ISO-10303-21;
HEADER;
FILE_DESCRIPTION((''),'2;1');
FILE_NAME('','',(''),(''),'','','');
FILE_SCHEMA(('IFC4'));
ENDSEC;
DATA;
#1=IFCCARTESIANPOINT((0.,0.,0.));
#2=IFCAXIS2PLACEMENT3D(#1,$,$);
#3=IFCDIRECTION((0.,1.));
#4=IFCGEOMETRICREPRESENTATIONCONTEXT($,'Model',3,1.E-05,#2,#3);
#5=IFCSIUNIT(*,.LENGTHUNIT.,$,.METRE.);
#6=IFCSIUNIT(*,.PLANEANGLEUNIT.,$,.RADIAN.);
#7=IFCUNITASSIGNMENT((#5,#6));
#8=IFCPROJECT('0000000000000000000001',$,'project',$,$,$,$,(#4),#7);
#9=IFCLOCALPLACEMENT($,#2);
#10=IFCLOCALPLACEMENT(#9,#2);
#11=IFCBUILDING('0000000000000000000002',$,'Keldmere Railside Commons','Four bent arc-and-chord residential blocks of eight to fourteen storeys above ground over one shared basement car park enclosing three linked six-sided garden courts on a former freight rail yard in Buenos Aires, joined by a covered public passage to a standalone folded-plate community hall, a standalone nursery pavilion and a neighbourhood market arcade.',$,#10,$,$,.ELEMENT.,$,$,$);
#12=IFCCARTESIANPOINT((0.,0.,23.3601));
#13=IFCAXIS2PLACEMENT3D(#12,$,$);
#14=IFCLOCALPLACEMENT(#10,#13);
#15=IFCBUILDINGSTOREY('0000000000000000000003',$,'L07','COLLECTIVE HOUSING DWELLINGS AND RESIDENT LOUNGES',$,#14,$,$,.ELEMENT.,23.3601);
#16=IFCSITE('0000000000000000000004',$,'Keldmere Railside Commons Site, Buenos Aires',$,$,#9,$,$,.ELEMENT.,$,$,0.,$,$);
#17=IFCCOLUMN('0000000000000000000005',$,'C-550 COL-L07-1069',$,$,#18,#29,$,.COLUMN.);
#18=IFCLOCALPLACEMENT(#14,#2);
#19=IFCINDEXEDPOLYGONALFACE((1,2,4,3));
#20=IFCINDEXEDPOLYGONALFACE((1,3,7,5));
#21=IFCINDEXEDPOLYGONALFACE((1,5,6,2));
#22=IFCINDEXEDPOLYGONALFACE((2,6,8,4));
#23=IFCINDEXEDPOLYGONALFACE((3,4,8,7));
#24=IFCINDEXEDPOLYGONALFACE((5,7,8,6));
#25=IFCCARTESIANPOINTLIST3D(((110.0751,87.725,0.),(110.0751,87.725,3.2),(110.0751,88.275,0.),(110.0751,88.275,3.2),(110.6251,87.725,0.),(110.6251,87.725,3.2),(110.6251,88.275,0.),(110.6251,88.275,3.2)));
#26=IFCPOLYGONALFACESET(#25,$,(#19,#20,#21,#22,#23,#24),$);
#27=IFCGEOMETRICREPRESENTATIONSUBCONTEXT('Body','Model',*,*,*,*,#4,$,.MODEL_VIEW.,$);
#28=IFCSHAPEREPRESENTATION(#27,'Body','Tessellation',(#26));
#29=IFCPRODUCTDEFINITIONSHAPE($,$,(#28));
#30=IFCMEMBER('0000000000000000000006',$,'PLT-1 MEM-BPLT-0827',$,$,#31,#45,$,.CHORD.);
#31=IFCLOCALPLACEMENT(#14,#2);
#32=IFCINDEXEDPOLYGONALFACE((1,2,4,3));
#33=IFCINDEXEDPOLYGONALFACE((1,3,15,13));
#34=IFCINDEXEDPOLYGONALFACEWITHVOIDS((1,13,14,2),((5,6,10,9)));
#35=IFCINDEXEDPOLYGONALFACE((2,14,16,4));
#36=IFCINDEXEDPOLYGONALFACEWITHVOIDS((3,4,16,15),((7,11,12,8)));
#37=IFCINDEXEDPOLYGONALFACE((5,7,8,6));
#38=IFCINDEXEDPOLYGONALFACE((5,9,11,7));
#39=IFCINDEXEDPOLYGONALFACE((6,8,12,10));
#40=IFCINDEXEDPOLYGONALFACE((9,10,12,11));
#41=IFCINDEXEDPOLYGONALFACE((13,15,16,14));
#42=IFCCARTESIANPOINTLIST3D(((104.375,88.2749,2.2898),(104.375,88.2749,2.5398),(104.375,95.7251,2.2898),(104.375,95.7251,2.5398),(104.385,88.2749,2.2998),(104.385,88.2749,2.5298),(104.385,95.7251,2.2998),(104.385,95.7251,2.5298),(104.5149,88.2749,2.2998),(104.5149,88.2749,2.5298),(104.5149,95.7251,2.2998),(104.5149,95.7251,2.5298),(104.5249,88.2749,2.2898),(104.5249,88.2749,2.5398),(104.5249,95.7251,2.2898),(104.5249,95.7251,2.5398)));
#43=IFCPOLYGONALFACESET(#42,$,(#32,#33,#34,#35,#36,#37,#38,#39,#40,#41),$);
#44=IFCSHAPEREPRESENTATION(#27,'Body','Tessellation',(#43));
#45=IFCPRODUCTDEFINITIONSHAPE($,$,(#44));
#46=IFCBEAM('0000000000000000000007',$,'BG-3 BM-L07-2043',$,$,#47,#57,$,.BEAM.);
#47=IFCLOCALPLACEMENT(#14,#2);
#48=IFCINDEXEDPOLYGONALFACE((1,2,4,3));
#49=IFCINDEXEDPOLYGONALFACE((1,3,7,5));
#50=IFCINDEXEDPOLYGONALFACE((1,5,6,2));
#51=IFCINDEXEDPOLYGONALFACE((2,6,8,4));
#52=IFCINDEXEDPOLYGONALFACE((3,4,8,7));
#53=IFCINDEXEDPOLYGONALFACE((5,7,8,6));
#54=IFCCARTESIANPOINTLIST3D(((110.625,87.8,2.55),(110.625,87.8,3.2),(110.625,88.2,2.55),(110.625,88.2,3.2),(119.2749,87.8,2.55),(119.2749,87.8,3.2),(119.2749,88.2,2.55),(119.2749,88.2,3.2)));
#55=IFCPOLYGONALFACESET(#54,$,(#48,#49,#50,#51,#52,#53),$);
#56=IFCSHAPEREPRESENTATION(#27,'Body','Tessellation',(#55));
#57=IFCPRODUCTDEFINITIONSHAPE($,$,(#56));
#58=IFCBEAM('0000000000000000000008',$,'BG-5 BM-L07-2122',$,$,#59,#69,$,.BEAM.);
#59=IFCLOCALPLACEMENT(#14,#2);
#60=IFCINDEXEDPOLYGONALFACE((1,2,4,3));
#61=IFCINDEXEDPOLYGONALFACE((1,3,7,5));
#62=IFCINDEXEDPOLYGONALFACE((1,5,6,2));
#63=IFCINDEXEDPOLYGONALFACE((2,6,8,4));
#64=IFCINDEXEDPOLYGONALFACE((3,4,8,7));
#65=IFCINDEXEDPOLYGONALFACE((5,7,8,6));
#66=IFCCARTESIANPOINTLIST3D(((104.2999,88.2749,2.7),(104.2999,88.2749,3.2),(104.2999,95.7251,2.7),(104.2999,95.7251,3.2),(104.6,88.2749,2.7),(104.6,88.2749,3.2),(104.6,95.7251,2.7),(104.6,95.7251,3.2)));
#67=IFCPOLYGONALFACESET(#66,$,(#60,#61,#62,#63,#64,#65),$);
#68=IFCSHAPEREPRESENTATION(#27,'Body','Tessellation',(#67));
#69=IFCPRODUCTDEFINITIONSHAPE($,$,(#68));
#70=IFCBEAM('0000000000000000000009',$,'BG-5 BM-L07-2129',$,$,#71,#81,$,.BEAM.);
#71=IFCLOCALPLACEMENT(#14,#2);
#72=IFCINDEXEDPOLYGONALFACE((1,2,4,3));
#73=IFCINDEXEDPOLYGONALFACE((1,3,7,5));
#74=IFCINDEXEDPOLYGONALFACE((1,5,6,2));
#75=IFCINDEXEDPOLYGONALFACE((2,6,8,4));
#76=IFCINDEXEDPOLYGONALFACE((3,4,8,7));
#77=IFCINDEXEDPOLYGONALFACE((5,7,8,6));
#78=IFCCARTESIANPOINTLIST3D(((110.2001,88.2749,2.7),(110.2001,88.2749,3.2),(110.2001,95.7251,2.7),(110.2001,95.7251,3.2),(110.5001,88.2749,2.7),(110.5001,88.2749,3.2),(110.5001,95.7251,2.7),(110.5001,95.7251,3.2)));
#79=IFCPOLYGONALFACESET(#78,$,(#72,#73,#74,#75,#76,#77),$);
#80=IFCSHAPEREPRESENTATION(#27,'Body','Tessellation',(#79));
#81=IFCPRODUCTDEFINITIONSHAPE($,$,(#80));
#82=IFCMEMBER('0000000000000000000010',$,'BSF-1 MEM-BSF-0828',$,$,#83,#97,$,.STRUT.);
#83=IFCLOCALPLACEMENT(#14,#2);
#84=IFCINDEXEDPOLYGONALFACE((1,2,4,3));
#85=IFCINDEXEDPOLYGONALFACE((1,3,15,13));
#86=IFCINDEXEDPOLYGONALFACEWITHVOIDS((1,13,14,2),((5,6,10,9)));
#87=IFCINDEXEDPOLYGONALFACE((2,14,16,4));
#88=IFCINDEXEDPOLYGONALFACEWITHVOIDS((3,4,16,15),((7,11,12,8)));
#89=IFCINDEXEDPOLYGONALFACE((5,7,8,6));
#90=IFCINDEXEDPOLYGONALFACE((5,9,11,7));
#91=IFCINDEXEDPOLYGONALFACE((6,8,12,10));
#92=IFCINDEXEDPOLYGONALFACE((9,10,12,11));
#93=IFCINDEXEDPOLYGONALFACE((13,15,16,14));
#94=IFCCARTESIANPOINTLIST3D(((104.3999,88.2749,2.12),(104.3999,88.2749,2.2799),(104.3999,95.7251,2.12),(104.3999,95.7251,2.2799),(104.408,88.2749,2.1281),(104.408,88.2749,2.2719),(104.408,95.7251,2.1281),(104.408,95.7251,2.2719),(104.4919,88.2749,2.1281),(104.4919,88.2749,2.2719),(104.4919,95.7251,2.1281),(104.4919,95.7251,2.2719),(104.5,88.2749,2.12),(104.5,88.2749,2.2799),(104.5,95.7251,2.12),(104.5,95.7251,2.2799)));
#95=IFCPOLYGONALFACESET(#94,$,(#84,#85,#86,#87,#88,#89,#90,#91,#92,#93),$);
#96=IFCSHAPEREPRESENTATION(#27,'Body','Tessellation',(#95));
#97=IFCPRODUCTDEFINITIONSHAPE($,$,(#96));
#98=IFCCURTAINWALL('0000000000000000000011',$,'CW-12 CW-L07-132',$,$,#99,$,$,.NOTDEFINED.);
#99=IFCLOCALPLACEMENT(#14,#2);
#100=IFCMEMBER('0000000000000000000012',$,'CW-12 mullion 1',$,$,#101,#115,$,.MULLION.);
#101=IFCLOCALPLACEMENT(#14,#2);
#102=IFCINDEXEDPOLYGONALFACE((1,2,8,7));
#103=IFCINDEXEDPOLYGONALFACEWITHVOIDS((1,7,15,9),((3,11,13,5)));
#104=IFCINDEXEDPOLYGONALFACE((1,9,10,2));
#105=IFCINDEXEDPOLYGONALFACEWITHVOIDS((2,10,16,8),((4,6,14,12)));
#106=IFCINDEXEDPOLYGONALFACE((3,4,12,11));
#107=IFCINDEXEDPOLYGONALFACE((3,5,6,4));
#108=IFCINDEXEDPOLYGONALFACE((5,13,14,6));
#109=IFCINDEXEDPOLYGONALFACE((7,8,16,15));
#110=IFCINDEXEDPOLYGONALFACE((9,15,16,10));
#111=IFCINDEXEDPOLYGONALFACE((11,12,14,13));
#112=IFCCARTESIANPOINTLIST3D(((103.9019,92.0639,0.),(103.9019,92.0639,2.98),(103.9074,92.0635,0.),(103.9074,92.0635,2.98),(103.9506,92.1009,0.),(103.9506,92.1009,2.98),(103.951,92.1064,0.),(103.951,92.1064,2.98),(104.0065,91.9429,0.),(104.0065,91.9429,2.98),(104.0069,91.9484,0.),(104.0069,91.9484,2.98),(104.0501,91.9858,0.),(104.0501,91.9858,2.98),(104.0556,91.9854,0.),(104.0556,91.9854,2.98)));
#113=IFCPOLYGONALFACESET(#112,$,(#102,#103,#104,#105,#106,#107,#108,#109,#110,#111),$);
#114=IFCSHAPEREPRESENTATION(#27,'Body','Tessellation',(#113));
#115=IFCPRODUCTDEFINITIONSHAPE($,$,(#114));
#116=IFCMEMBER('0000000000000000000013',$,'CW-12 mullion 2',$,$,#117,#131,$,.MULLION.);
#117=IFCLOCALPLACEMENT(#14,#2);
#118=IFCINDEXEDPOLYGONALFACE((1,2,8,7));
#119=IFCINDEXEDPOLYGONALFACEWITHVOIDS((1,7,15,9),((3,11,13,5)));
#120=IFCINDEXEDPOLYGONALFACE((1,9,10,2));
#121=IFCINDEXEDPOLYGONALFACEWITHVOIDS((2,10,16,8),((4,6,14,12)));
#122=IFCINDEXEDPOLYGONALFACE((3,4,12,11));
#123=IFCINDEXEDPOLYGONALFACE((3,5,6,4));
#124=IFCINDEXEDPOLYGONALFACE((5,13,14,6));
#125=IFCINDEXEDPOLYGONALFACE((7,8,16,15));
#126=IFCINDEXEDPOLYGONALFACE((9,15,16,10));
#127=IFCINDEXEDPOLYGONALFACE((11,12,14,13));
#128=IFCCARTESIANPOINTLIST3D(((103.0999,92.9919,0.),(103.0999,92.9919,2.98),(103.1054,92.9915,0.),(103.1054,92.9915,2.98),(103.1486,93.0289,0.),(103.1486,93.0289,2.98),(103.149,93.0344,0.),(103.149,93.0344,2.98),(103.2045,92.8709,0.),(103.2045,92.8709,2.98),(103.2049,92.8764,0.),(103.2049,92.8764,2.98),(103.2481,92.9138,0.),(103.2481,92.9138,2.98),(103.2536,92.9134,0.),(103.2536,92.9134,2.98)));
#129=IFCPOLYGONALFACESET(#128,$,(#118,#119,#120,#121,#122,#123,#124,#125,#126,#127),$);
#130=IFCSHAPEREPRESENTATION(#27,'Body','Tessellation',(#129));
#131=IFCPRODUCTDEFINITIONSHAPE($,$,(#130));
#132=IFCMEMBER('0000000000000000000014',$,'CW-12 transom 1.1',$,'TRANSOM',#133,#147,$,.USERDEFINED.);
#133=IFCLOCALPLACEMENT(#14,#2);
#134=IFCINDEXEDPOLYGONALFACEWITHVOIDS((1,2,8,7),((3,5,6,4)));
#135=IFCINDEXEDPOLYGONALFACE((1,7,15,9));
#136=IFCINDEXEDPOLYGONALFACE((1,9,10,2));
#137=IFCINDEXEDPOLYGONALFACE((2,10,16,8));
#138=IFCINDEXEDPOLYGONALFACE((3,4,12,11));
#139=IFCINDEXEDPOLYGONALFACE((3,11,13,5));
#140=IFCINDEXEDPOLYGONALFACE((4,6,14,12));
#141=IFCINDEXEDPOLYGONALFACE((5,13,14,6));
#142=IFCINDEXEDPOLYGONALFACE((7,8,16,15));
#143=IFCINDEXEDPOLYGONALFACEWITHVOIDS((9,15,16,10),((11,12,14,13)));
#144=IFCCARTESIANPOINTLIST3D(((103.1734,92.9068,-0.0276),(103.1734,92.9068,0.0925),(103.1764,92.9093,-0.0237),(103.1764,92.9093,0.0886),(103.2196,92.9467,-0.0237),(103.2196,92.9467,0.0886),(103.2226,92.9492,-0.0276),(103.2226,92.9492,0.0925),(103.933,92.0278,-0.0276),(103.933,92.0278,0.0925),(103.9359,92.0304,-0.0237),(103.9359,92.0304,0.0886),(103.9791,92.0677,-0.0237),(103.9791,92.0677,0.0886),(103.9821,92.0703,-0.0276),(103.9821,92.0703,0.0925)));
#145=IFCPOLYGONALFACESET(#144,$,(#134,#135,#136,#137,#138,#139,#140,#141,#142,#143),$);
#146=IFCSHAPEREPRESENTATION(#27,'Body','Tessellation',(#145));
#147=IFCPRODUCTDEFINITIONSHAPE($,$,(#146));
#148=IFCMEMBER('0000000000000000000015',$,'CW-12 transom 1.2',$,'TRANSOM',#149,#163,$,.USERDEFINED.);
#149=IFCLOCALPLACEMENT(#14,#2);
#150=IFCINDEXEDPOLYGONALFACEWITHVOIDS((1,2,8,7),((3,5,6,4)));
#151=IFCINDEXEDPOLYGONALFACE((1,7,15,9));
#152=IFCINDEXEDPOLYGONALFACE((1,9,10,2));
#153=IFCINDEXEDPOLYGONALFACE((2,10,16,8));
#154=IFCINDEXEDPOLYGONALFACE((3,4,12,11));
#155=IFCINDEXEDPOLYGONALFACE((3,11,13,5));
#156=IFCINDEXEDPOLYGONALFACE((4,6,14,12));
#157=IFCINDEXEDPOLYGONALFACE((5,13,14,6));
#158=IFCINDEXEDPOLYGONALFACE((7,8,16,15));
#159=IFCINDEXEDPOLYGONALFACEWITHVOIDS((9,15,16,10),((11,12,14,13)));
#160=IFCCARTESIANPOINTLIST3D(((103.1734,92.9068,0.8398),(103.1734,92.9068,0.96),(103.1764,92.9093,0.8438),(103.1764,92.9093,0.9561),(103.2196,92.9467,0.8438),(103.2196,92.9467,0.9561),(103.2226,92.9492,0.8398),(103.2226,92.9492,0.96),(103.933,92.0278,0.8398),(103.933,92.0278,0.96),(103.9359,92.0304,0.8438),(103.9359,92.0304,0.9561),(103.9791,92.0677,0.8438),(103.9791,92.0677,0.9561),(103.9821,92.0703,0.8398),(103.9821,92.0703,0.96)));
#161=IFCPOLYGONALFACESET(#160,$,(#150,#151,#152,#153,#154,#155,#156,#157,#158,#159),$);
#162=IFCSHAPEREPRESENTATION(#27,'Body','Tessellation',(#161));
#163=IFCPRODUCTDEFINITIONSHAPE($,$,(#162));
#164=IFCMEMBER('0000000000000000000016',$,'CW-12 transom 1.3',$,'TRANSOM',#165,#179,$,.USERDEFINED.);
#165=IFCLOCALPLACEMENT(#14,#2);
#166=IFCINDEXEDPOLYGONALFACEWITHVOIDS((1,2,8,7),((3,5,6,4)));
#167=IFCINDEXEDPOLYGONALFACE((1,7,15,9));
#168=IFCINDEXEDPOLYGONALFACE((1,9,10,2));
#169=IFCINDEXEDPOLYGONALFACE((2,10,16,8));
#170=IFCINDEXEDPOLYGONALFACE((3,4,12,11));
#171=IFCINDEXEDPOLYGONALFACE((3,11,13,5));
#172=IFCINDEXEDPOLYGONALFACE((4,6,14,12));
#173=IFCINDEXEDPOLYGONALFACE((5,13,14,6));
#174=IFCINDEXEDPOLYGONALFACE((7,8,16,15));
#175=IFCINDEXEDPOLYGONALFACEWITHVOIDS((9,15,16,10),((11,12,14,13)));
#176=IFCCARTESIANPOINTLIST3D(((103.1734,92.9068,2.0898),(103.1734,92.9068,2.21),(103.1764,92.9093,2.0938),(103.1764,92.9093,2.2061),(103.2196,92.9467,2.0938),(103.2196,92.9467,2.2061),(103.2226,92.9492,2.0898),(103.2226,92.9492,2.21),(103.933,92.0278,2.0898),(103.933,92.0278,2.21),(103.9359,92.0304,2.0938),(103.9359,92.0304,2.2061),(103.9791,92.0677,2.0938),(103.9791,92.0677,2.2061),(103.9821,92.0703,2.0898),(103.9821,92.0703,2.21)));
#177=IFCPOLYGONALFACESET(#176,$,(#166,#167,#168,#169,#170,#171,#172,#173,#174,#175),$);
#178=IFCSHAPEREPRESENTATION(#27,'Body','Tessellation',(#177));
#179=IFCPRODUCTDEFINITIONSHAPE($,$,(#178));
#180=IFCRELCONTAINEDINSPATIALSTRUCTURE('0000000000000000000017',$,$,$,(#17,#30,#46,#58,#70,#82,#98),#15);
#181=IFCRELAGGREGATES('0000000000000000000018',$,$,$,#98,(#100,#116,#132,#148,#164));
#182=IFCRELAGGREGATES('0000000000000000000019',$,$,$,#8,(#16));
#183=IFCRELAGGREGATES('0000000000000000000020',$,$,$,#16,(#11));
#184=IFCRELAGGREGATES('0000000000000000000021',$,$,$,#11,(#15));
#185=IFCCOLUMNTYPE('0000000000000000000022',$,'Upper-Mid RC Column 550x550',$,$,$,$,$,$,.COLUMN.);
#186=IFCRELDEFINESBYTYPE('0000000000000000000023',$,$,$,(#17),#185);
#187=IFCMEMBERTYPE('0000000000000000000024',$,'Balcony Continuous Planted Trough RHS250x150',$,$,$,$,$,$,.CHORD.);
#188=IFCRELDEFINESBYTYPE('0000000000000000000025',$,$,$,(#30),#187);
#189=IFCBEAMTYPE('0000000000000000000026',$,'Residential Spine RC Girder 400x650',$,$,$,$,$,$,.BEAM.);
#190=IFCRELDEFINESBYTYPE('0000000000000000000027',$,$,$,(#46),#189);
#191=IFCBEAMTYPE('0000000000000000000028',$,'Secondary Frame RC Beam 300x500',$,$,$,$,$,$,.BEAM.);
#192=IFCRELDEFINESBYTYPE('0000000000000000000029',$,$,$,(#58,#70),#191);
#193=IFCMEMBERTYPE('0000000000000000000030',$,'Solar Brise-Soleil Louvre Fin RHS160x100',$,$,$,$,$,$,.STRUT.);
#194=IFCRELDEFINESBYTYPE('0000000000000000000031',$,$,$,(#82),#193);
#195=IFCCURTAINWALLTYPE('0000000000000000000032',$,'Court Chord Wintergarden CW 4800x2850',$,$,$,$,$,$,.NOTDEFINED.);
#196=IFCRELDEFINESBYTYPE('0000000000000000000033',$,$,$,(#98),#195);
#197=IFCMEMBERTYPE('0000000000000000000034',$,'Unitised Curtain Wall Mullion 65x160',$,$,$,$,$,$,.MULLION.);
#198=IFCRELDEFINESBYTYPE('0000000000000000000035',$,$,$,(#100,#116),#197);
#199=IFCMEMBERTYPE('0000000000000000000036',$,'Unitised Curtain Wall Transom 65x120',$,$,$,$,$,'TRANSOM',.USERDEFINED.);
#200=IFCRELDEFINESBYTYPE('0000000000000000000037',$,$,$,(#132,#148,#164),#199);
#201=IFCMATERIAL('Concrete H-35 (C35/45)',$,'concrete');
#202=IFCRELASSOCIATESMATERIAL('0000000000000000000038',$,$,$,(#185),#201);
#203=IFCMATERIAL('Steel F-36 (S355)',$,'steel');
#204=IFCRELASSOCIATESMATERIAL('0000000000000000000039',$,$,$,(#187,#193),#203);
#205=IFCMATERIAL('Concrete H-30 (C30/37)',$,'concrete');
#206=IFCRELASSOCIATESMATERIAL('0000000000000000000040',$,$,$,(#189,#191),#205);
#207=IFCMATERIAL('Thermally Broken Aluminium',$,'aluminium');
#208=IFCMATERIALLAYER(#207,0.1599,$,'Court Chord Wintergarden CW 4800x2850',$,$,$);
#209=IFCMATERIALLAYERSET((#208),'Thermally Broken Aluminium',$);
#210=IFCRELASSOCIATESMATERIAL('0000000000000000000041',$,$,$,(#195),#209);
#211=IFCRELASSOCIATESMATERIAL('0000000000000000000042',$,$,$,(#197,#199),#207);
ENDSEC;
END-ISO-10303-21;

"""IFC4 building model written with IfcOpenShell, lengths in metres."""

from ifc_helpers import new_model, si_unit, direction, frame, origin, origin_2d, place, context, subcontext, project, spatial, rectangle, hollow_rectangle, extrude, material, layer, layer_set, material_profile, profile_set, type_object, element, aggregate, save


model = new_model("IFC4")

# Units and contexts
model_context = context("Model", 3, precision=1e-05, world=origin(), true_north=direction((0.0, 1.0)))
body_context = subcontext(model_context, "Body", "Model", "MODEL_VIEW")
ifc_project = project(units=[si_unit("LENGTHUNIT", "METRE"), si_unit("PLANEANGLEUNIT", "RADIAN")], contexts=[model_context])

# Site, building, storey
site_placement = place(None, origin())
site = spatial("IfcSite", under=ifc_project, at=site_placement, Name="Keldmere Railside Commons Site, Buenos Aires", CompositionType="ELEMENT", RefElevation=0.0)
building_placement = place(site_placement, origin())
building = spatial("IfcBuilding", under=site, at=building_placement, Name="Keldmere Railside Commons", Description="Four bent arc-and-chord residential blocks of eight to fourteen storeys above ground over one shared basement car park enclosing three linked six-sided garden courts on a former freight rail yard in Buenos Aires, joined by a covered public passage to a standalone folded-plate community hall, a standalone nursery pavilion and a neighbourhood market arcade.", CompositionType="ELEMENT")
storey_placement = place(building_placement, frame((0.0, 0.0, 23.3601)))
storey = spatial("IfcBuildingStorey", under=building, at=storey_placement, Name="L07", Description="COLLECTIVE HOUSING DWELLINGS AND RESIDENT LOUNGES", CompositionType="ELEMENT", Elevation=23.3601)

# Column
ifc_material_1 = material(Name="Concrete H-35 (C35/45)", Category="concrete")
ifc_material_profile_1 = material_profile(ifc_material_1, rectangle(XDim=0.55, YDim=0.55, at=origin_2d()), Name="RC-550x550")
ifc_profile_set_1 = profile_set([ifc_material_profile_1], Name="Concrete H-35 (C35/45)")
column_type = type_object("IfcColumnType", Name="Upper-Mid RC Column 550x550", PredefinedType="COLUMN", material=ifc_profile_set_1)
column_placement = place(storey_placement, frame((110.3501, 88.0, 0.0), z_axis=(0.0, 0.0, 1.0), x_axis=(1.0, 0.0, 0.0)))
element("IfcColumn", 1, at=column_placement, inside=storey, type_object=column_type, Name="C-550 COL-L07-1069", PredefinedType="COLUMN", context=body_context, shape_type="SweptSolid", body=[
    extrude(rectangle(XDim=0.55, YDim=0.55, at=origin_2d()), origin(), (0.0, 0.0, 1.0), 3.2),
])

# Member
ifc_material_2 = material(Name="Steel F-36 (S355)", Category="steel")
ifc_material_profile_2 = material_profile(ifc_material_2, hollow_rectangle(XDim=0.1499, YDim=0.25, WallThickness=0.01, at=origin_2d()), Name="RHS-250x150x10")
ifc_profile_set_2 = profile_set([ifc_material_profile_2], Name="Steel F-36 (S355)")
member_type_1 = type_object("IfcMemberType", Name="Balcony Continuous Planted Trough RHS250x150", PredefinedType="CHORD", material=ifc_profile_set_2)
member_1_placement = place(storey_placement, frame((104.45, 88.2749, 2.4148), z_axis=(0.0, 1.0, 0.0), x_axis=(-1.0, 0.0, 0.0)))
element("IfcMember", 2, at=member_1_placement, inside=storey, type_object=member_type_1, Name="PLT-1 MEM-BPLT-0827", PredefinedType="CHORD", context=body_context, shape_type="SweptSolid", body=[
    extrude(hollow_rectangle(XDim=0.1499, YDim=0.25, WallThickness=0.01, at=origin_2d()), origin(), (0.0, 0.0, 1.0), 7.4502),
])

# Beams
ifc_material_3 = material(Name="Concrete H-30 (C30/37)", Category="concrete")
ifc_material_profile_3 = material_profile(ifc_material_3, rectangle(XDim=0.3999, YDim=0.6499, at=origin_2d()), Name="RC-400x650")
ifc_profile_set_3 = profile_set([ifc_material_profile_3], Name="Concrete H-30 (C30/37)")
beam_type_1 = type_object("IfcBeamType", Name="Residential Spine RC Girder 400x650", PredefinedType="BEAM", material=ifc_profile_set_3)
beam_placement = place(storey_placement, frame((110.625, 88.0, 2.875), z_axis=(1.0, 0.0, 0.0), x_axis=(0.0, 1.0, 0.0)))
element("IfcBeam", 3, at=beam_placement, inside=storey, type_object=beam_type_1, Name="BG-3 BM-L07-2043", PredefinedType="BEAM", context=body_context, shape_type="SweptSolid", body=[
    extrude(rectangle(XDim=0.3999, YDim=0.6499, at=origin_2d()), origin(), (0.0, 0.0, 1.0), 8.6499),
])
ifc_material_profile_4 = material_profile(ifc_material_3, rectangle(XDim=0.3, YDim=0.5, at=origin_2d()), Name="RC-300x500")
ifc_profile_set_4 = profile_set([ifc_material_profile_4], Name="Concrete H-30 (C30/37)")
beam_type_2 = type_object("IfcBeamType", Name="Secondary Frame RC Beam 300x500", PredefinedType="BEAM", material=ifc_profile_set_4)
for number, where, z_axis, x_axis, name in (
    (4, (104.45, 88.2749, 2.95), (0.0, 1.0, 0.0), (-1.0, 0.0, 0.0), "BG-5 BM-L07-2122"),
    (5, (110.3501, 88.2749, 2.95), (0.0, 1.0, 0.0), (-1.0, 0.0, 0.0), "BG-5 BM-L07-2129"),
):
    element("IfcBeam", number, at=place(storey_placement, frame(where, z_axis=z_axis, x_axis=x_axis)), inside=storey, type_object=beam_type_2, Name=name, PredefinedType="BEAM", context=body_context, shape_type="SweptSolid", body=[
        extrude(rectangle(XDim=0.3, YDim=0.5, at=origin_2d()), origin(), (0.0, 0.0, 1.0), 7.4502),
    ])

# Member
ifc_material_profile_5 = material_profile(ifc_material_2, hollow_rectangle(XDim=0.1001, YDim=0.1599, WallThickness=0.0081, at=origin_2d()), Name="RHS-160x100x8")
ifc_profile_set_5 = profile_set([ifc_material_profile_5], Name="Steel F-36 (S355)")
member_type_2 = type_object("IfcMemberType", Name="Solar Brise-Soleil Louvre Fin RHS160x100", PredefinedType="STRUT", material=ifc_profile_set_5)
member_2_placement = place(storey_placement, frame((104.45, 88.2749, 2.2), z_axis=(0.0, 1.0, 0.0), x_axis=(-1.0, 0.0, 0.0)))
element("IfcMember", 6, at=member_2_placement, inside=storey, type_object=member_type_2, Name="BSF-1 MEM-BSF-0828", PredefinedType="STRUT", context=body_context, shape_type="SweptSolid", body=[
    extrude(hollow_rectangle(XDim=0.1001, YDim=0.1599, WallThickness=0.0081, at=origin_2d()), origin(), (0.0, 0.0, 1.0), 7.4502),
])

# Curtain wall, members
ifc_material_4 = material(Name="Thermally Broken Aluminium", Category="aluminium")
ifc_layer_1 = layer(ifc_material_4, 0.1599, Name="Court Chord Wintergarden CW 4800x2850")
ifc_layer_set_1 = layer_set([ifc_layer_1], Name="Thermally Broken Aluminium")
curtain_wall_type = type_object("IfcCurtainWallType", Name="Court Chord Wintergarden CW 4800x2850", PredefinedType="NOTDEFINED", material=ifc_layer_set_1)
curtain_wall_placement = place(storey_placement, origin())
curtain_wall = element("IfcCurtainWall", 7, at=curtain_wall_placement, inside=storey, type_object=curtain_wall_type, Name="CW-12 CW-L07-132", PredefinedType="NOTDEFINED")
ifc_material_profile_6 = material_profile(ifc_material_4, hollow_rectangle(XDim=0.0649, YDim=0.1599, WallThickness=0.0039, at=origin_2d()), Name="ALU-MULL-65x160")
ifc_profile_set_6 = profile_set([ifc_material_profile_6], Name="Thermally Broken Aluminium")
member_type_3 = type_object("IfcMemberType", Name="Unitised Curtain Wall Mullion 65x160", PredefinedType="MULLION", material=ifc_profile_set_6)
member_3_placement = place(storey_placement, frame((103.9788, 92.0247, 0.0), z_axis=(0.0, 0.0, 1.0), x_axis=(-0.756597, -0.653882, 0.0)))
member_3 = element("IfcMember", 8, at=member_3_placement, type_object=member_type_3, Name="CW-12 mullion 1", PredefinedType="MULLION", context=body_context, shape_type="SweptSolid", body=[
    extrude(hollow_rectangle(XDim=0.0649, YDim=0.1599, WallThickness=0.0039, at=origin_2d()), origin(), (0.0, 0.0, 1.0), 2.98),
])
member_4_placement = place(storey_placement, frame((103.1768, 92.9526, 0.0), z_axis=(0.0, 0.0, 1.0), x_axis=(-0.756597, -0.653882, 0.0)))
member_4 = element("IfcMember", 9, at=member_4_placement, type_object=member_type_3, Name="CW-12 mullion 2", PredefinedType="MULLION", context=body_context, shape_type="SweptSolid", body=[
    extrude(hollow_rectangle(XDim=0.0649, YDim=0.1599, WallThickness=0.0039, at=origin_2d()), origin(), (0.0, 0.0, 1.0), 2.98),
])
ifc_material_profile_7 = material_profile(ifc_material_4, hollow_rectangle(XDim=0.0649, YDim=0.1201, WallThickness=0.0039, at=origin_2d()), Name="ALU-TRAN-65x120")
ifc_profile_set_7 = profile_set([ifc_material_profile_7], Name="Thermally Broken Aluminium")
member_type_4 = type_object("IfcMemberType", Name="Unitised Curtain Wall Transom 65x120", ElementType="TRANSOM", PredefinedType="USERDEFINED", material=ifc_profile_set_7)
member_5_placement = place(storey_placement, frame((103.9575, 92.0491, 0.0325), z_axis=(-0.65385, 0.756624, 0.0), x_axis=(-0.756624, -0.65385, 0.0)))
member_5 = element("IfcMember", 10, at=member_5_placement, type_object=member_type_4, Name="CW-12 transom 1.1", ObjectType="TRANSOM", PredefinedType="USERDEFINED", context=body_context, shape_type="SweptSolid", body=[
    extrude(hollow_rectangle(XDim=0.0649, YDim=0.1201, WallThickness=0.0039, at=origin_2d()), origin(), (0.0, 0.0, 1.0), 1.1616),
])
member_6_placement = place(storey_placement, frame((103.9575, 92.0491, 0.8999), z_axis=(-0.65385, 0.756624, 0.0), x_axis=(-0.756624, -0.65385, 0.0)))
member_6 = element("IfcMember", 11, at=member_6_placement, type_object=member_type_4, Name="CW-12 transom 1.2", ObjectType="TRANSOM", PredefinedType="USERDEFINED", context=body_context, shape_type="SweptSolid", body=[
    extrude(hollow_rectangle(XDim=0.0649, YDim=0.1201, WallThickness=0.0039, at=origin_2d()), origin(), (0.0, 0.0, 1.0), 1.1616),
])
member_7_placement = place(storey_placement, frame((103.9575, 92.0491, 2.1499), z_axis=(-0.65385, 0.756624, 0.0), x_axis=(-0.756624, -0.65385, 0.0)))
member_7 = element("IfcMember", 12, at=member_7_placement, type_object=member_type_4, Name="CW-12 transom 1.3", ObjectType="TRANSOM", PredefinedType="USERDEFINED", context=body_context, shape_type="SweptSolid", body=[
    extrude(hollow_rectangle(XDim=0.0649, YDim=0.1201, WallThickness=0.0039, at=origin_2d()), origin(), (0.0, 0.0, 1.0), 1.1616),
])
aggregate(curtain_wall, [member_3, member_4, member_5, member_6, member_7])

save(model, "model.ifc")
